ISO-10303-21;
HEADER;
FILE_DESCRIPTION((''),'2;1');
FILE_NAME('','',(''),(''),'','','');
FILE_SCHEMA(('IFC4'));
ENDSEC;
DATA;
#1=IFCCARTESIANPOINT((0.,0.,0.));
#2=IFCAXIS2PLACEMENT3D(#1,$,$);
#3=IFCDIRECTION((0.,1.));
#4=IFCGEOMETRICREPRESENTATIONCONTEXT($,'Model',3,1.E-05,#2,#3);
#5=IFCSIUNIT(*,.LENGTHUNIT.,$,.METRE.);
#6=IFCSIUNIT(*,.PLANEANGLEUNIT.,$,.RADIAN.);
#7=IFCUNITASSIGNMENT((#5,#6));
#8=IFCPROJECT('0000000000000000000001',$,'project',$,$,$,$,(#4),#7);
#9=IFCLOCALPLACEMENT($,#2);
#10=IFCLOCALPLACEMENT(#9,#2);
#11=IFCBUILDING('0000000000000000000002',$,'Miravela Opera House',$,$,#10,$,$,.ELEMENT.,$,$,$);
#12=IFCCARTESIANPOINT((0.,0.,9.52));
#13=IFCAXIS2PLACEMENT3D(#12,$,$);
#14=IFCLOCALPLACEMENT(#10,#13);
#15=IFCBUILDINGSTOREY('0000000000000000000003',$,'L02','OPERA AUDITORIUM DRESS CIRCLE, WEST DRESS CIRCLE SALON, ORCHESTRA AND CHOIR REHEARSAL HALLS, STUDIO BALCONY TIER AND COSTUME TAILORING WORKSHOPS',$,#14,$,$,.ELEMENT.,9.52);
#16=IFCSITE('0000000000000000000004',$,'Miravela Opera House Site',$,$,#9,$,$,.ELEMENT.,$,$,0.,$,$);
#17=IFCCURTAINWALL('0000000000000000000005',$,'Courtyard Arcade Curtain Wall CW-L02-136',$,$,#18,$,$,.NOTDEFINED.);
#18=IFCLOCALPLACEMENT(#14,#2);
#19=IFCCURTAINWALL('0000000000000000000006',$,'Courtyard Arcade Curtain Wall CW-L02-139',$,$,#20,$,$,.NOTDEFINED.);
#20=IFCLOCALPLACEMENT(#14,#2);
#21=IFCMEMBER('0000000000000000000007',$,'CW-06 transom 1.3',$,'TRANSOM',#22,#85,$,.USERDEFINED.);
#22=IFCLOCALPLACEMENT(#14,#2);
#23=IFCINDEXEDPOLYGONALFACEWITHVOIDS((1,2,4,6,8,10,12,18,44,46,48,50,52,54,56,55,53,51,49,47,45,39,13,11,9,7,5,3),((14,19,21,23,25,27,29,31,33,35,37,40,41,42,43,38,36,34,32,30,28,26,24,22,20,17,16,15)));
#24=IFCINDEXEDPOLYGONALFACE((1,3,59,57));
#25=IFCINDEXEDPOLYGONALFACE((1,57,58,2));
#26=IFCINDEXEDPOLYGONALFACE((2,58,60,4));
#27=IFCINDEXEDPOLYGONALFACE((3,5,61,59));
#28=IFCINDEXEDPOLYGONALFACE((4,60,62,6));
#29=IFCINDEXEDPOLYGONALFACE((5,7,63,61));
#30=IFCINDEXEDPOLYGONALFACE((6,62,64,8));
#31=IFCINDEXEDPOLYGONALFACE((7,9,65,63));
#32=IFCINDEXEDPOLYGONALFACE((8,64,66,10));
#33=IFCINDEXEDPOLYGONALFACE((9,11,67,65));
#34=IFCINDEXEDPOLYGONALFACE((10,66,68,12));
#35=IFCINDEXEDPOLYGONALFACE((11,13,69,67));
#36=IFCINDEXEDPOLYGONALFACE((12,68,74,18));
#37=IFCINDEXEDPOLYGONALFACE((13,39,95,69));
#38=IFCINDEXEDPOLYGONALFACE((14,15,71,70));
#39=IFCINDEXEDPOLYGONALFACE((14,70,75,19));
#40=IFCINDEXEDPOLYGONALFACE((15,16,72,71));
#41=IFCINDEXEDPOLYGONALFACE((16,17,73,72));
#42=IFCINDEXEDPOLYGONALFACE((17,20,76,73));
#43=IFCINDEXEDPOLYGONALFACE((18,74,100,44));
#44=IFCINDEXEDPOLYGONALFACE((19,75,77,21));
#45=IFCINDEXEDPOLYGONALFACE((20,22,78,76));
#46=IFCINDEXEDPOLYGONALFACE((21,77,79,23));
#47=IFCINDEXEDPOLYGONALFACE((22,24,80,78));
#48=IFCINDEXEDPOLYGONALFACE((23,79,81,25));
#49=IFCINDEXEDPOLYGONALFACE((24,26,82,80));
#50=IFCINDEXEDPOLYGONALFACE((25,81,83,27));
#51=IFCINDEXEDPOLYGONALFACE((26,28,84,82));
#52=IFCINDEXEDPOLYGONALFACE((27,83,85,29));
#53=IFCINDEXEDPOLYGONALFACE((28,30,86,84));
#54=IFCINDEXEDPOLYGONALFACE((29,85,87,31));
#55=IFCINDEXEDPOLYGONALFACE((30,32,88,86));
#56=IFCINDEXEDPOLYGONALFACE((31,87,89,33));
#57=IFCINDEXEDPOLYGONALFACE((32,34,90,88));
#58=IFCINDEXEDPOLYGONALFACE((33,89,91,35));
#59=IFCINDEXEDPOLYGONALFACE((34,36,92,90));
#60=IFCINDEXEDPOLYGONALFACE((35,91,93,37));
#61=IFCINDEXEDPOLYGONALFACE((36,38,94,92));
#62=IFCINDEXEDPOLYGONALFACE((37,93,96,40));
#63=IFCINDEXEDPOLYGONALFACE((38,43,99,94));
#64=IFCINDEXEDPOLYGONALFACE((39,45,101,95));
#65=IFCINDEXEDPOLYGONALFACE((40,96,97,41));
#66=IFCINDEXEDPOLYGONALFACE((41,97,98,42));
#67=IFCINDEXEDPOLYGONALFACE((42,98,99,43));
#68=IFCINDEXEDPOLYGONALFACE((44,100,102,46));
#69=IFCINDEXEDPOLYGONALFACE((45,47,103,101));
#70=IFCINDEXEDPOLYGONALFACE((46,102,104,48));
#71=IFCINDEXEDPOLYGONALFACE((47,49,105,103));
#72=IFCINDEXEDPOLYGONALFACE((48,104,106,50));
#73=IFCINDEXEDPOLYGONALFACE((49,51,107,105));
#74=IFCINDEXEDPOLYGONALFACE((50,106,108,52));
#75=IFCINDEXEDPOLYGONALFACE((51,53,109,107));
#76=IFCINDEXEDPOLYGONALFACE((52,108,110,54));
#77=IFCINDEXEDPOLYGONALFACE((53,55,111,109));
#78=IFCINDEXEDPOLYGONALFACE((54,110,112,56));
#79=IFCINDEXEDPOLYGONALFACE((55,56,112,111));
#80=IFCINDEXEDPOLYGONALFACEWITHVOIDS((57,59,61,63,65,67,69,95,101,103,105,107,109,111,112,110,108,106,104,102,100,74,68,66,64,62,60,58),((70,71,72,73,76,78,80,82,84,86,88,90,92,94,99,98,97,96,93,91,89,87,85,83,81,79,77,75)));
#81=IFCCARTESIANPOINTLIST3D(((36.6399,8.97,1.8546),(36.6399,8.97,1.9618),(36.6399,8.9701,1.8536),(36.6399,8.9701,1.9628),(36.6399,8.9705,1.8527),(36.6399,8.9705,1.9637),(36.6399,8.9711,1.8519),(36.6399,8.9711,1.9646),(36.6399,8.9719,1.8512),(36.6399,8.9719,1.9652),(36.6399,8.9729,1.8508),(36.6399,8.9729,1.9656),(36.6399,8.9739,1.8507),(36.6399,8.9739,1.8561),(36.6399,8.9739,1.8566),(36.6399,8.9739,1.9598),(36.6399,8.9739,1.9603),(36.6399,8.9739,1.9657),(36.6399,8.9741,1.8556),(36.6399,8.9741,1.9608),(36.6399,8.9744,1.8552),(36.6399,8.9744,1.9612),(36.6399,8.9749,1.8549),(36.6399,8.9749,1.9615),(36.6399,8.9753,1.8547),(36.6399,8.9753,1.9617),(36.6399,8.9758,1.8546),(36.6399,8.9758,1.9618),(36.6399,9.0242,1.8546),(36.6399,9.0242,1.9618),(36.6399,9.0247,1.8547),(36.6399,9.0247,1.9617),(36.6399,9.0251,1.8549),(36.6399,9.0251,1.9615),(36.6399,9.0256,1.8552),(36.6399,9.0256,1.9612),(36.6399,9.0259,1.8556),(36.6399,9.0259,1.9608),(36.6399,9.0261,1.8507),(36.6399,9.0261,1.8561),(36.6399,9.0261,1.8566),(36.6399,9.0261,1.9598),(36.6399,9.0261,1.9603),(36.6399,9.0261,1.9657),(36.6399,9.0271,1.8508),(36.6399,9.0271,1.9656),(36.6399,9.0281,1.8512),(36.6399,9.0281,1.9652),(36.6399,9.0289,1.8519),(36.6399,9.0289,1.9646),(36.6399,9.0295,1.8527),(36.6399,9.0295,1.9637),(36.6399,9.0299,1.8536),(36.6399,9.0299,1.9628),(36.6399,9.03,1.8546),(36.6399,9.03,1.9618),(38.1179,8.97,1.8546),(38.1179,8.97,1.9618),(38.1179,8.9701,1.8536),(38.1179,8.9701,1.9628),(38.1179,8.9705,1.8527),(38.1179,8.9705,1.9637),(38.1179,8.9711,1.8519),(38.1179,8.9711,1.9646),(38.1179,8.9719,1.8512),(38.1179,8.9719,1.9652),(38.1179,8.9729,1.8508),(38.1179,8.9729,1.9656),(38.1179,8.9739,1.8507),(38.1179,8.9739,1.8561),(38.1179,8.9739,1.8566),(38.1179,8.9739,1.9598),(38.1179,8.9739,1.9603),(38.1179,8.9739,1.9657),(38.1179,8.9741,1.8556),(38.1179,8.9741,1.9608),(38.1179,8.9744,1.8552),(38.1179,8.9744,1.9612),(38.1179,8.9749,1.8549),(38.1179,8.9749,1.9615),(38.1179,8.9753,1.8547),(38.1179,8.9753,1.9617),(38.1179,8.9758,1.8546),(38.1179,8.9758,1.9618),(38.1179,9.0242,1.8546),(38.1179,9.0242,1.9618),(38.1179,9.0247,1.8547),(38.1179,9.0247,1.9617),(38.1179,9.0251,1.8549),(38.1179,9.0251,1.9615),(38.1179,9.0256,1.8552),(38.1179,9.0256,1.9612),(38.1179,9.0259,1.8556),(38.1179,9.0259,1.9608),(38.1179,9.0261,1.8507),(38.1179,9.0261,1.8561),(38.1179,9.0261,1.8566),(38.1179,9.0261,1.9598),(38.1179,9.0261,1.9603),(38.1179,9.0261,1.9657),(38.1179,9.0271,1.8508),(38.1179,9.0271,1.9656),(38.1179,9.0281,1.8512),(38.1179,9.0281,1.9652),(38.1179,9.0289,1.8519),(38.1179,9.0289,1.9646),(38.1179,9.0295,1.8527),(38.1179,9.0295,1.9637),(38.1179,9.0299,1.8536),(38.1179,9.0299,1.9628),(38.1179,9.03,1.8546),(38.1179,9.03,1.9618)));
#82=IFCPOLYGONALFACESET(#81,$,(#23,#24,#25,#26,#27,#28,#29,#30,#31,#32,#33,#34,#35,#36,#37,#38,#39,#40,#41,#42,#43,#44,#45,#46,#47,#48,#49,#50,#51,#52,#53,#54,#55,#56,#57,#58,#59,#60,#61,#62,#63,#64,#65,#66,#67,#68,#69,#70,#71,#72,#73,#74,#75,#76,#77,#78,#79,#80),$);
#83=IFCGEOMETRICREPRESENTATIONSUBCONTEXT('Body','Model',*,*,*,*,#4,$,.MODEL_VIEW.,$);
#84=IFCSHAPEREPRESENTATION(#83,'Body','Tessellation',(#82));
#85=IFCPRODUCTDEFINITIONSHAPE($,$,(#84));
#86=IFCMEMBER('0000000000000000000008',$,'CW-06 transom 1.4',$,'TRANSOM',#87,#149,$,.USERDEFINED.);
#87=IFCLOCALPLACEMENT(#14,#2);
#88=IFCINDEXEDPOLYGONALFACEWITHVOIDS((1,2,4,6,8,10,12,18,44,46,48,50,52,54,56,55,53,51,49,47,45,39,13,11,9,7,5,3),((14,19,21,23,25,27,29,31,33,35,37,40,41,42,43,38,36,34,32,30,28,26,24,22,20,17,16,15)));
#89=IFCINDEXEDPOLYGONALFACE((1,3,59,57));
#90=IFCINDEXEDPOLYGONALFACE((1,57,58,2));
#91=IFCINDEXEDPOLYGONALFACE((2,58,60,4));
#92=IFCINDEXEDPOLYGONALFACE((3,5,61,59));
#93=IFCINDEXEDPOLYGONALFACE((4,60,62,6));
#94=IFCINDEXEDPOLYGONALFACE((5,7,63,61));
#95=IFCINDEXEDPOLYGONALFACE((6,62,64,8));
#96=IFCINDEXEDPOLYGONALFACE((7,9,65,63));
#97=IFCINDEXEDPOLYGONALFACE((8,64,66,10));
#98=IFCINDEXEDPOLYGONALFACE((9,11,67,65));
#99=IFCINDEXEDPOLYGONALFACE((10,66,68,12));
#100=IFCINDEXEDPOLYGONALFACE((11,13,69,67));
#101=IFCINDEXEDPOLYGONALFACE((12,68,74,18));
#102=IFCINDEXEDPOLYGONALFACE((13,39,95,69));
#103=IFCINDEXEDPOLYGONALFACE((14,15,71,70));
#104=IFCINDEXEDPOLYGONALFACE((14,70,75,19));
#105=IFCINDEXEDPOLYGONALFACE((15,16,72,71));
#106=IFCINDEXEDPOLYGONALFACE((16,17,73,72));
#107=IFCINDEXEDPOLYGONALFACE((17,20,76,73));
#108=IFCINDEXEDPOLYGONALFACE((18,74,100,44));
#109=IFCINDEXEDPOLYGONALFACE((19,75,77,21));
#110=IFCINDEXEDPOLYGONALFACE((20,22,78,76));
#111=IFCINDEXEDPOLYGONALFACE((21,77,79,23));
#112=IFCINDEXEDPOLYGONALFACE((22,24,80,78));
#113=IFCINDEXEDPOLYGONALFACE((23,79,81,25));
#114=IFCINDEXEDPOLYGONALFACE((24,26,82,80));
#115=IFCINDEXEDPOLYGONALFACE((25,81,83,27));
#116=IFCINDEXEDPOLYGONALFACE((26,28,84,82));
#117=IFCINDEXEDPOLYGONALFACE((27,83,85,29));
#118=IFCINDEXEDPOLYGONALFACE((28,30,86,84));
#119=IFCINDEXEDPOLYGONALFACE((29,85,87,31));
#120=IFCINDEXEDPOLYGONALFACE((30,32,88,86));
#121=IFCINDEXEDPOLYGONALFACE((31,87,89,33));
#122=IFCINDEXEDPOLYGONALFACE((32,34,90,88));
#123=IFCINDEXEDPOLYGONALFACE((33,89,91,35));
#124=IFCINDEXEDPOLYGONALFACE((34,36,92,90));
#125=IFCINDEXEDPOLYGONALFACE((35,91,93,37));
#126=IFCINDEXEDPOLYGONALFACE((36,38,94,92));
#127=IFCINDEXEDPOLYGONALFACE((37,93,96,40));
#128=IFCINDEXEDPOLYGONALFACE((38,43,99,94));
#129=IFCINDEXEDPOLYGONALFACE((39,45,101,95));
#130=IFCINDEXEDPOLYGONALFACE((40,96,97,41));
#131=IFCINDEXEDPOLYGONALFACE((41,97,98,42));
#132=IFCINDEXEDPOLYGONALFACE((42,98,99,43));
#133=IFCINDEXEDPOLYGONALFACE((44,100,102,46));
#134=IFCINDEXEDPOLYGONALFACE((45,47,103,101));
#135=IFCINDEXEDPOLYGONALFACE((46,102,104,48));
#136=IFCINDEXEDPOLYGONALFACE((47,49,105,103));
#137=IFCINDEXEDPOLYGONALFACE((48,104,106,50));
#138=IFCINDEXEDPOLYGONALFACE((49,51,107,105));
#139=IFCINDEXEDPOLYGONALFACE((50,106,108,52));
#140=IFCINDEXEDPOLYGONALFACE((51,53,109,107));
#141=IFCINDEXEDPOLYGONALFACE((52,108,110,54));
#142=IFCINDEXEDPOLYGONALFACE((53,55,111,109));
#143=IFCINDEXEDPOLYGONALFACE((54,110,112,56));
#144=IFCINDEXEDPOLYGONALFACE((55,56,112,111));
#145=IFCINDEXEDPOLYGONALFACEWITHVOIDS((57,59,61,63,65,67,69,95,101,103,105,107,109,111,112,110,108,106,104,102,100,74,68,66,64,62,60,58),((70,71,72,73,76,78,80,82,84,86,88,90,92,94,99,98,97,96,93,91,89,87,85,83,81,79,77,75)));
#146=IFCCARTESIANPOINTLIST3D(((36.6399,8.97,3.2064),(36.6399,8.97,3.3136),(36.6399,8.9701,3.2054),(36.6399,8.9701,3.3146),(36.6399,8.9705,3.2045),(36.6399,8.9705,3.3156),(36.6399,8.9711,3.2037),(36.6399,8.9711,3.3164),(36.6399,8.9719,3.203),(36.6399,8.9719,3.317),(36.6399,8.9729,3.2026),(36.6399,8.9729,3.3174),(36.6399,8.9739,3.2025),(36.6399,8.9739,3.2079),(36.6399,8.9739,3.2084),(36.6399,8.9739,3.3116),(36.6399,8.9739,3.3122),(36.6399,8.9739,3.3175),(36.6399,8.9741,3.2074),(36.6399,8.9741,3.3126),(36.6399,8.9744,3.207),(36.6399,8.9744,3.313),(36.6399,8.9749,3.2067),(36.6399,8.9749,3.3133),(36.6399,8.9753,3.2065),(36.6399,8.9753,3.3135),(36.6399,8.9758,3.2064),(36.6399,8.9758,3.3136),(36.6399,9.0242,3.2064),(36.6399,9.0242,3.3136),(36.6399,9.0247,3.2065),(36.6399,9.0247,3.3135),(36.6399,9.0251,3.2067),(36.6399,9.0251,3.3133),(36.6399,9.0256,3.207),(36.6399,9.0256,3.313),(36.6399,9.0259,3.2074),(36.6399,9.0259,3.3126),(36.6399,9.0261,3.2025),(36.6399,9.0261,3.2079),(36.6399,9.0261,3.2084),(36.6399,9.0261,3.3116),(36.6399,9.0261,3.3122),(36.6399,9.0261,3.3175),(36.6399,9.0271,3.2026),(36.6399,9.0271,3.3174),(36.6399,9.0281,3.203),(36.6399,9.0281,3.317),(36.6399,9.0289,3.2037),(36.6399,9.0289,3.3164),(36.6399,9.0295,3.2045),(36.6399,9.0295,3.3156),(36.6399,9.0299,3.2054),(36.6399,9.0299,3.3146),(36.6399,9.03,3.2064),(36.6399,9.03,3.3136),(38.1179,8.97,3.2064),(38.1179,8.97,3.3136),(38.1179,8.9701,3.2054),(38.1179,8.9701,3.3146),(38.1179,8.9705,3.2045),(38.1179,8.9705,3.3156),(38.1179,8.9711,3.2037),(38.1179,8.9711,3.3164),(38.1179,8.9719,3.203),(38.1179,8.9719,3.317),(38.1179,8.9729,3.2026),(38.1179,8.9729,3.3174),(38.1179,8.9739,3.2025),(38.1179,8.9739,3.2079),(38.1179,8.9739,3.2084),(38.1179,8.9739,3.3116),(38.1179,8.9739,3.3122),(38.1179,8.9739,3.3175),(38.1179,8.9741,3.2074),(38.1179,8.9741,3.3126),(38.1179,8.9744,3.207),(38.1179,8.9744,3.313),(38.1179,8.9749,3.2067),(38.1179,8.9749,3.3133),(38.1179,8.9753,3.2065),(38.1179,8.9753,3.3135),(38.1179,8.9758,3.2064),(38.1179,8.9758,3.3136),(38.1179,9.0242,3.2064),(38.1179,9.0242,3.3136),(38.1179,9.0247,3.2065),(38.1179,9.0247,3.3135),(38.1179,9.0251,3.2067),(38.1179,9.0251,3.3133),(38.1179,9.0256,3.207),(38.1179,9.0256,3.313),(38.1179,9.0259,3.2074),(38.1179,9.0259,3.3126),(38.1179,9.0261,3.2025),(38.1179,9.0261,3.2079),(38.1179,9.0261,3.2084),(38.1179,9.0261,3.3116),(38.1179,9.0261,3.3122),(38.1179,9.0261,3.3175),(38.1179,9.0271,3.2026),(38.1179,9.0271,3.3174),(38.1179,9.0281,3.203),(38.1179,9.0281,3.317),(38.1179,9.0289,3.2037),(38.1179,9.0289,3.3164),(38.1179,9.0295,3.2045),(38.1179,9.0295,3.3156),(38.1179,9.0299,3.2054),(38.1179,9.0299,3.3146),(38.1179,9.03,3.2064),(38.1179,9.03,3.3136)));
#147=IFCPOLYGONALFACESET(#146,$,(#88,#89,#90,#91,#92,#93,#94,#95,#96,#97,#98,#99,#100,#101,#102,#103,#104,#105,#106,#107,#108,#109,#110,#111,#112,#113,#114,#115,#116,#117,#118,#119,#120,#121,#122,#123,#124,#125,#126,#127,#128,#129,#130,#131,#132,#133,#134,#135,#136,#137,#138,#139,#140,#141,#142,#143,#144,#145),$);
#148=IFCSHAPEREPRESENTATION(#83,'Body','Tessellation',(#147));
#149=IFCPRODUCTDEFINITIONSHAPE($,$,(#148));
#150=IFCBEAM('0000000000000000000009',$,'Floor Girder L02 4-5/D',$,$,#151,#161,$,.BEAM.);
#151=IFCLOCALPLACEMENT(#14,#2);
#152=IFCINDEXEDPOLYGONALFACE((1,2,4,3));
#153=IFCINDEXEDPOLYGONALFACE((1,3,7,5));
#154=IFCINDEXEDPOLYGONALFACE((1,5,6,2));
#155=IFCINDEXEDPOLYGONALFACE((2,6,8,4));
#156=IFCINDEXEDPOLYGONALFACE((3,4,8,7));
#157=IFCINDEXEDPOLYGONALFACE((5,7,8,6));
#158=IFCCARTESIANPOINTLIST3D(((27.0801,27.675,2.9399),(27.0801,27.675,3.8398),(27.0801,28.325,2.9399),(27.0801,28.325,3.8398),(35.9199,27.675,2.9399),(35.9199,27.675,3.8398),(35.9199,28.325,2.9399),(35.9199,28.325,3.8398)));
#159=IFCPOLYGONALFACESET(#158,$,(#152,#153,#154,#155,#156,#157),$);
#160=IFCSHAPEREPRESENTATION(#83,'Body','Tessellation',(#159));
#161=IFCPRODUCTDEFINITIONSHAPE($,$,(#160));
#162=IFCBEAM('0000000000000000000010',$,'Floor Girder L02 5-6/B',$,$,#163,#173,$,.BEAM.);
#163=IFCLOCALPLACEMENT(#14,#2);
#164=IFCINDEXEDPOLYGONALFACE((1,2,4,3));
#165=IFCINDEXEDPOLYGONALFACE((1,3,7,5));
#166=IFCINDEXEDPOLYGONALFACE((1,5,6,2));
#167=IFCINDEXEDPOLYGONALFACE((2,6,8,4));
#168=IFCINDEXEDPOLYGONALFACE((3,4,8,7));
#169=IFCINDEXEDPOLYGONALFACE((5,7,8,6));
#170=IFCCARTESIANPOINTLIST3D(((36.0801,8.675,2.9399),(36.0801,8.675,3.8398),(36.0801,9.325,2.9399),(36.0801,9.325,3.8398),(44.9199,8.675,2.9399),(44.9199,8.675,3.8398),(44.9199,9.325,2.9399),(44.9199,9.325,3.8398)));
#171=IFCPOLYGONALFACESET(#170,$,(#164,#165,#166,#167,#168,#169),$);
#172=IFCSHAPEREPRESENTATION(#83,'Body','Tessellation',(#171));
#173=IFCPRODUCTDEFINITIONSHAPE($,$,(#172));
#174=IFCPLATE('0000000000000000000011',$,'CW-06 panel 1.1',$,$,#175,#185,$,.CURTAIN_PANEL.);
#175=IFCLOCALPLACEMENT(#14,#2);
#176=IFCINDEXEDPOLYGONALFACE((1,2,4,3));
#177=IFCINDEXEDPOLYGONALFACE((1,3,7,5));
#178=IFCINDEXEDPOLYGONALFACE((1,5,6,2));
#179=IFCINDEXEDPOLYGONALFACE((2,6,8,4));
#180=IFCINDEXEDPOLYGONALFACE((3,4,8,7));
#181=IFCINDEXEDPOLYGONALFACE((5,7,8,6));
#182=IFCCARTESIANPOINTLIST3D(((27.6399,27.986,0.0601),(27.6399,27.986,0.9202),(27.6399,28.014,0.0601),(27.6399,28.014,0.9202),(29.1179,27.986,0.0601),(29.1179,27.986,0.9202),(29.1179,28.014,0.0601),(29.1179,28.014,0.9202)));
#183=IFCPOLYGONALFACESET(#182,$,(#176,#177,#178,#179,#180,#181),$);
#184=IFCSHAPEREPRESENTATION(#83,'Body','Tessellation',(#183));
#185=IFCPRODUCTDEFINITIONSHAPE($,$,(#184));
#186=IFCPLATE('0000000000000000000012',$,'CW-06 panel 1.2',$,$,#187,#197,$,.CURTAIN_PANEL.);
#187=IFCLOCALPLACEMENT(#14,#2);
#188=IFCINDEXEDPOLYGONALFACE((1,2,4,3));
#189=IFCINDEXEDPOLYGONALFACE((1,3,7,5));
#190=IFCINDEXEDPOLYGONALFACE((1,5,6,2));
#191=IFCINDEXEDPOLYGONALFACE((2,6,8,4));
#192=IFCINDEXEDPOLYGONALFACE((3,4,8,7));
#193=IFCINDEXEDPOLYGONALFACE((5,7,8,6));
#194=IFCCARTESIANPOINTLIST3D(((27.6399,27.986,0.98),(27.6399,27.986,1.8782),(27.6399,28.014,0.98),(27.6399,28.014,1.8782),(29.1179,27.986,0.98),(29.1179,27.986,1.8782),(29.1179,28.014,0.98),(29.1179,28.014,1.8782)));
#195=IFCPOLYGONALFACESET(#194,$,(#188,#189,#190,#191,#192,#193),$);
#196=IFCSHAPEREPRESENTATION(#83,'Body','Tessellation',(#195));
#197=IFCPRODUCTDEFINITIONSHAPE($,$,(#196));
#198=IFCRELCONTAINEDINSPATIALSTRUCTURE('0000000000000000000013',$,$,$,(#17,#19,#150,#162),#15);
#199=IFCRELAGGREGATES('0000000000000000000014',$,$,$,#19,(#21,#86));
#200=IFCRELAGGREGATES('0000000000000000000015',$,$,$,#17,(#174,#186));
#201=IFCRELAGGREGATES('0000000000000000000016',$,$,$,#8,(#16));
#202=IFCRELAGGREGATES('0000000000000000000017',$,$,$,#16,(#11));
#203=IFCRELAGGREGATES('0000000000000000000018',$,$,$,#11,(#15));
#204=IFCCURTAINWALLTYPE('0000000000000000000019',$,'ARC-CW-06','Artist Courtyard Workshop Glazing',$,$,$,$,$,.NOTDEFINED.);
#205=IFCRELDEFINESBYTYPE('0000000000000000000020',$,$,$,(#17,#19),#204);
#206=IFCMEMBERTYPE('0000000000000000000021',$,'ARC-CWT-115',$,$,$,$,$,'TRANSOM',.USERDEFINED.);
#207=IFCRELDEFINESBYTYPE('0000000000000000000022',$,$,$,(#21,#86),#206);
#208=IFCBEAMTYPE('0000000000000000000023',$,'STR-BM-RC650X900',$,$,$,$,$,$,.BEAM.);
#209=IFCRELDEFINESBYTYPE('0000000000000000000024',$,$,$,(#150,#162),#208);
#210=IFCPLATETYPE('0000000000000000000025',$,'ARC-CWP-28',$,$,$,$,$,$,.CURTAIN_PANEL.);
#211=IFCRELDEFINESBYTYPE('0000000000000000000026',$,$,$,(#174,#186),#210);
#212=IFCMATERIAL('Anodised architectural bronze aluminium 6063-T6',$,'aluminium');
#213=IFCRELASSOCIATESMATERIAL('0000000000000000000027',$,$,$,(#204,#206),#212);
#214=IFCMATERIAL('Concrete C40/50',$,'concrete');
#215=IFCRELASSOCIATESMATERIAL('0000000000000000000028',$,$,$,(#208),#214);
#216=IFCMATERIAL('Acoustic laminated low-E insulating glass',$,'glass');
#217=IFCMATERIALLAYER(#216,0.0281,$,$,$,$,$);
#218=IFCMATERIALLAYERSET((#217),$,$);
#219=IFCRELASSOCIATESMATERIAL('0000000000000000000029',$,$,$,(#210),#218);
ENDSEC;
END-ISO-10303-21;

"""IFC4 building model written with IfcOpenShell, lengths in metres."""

from ifc_helpers import new_model, si_unit, direction, frame, origin, origin_2d, place, context, subcontext, project, spatial, rectangle, hollow_rectangle, extrude, material, layer, layer_set, material_profile, profile_set, type_object, element, aggregate, save


model = new_model("IFC4")

# Units and contexts
model_context = context("Model", 3, precision=1e-05, world=origin(), true_north=direction((0.0, 1.0)))
body_context = subcontext(model_context, "Body", "Model", "MODEL_VIEW")
ifc_project = project(units=[si_unit("LENGTHUNIT", "METRE"), si_unit("PLANEANGLEUNIT", "RADIAN")], contexts=[model_context])

# Site, building, storey
site_placement = place(None, origin())
site = spatial("IfcSite", under=ifc_project, at=site_placement, Name="Miravela Opera House Site", CompositionType="ELEMENT", RefElevation=0.0)
building_placement = place(site_placement, origin())
building = spatial("IfcBuilding", under=site, at=building_placement, Name="Miravela Opera House", CompositionType="ELEMENT")
storey_placement = place(building_placement, frame((0.0, 0.0, 9.52)))
storey = spatial("IfcBuildingStorey", under=building, at=storey_placement, Name="L02", Description="OPERA AUDITORIUM DRESS CIRCLE, WEST DRESS CIRCLE SALON, ORCHESTRA AND CHOIR REHEARSAL HALLS, STUDIO BALCONY TIER AND COSTUME TAILORING WORKSHOPS", CompositionType="ELEMENT", Elevation=9.52)

# Curtain wall
ifc_material_1 = material(Name="Anodised architectural bronze aluminium 6063-T6", Category="aluminium")
curtain_wall_type = type_object("IfcCurtainWallType", Name="ARC-CW-06", Description="Artist Courtyard Workshop Glazing", PredefinedType="NOTDEFINED", material=ifc_material_1)
curtain_wall_1_placement = place(storey_placement, origin())
curtain_wall_1 = element("IfcCurtainWall", 1, at=curtain_wall_1_placement, inside=storey, type_object=curtain_wall_type, Name="Courtyard Arcade Curtain Wall CW-L02-136", PredefinedType="NOTDEFINED")

# Curtain wall
curtain_wall_2_placement = place(storey_placement, origin())
curtain_wall_2 = element("IfcCurtainWall", 2, at=curtain_wall_2_placement, inside=storey, type_object=curtain_wall_type, Name="Courtyard Arcade Curtain Wall CW-L02-139", PredefinedType="NOTDEFINED")

# Members
ifc_material_profile_1 = material_profile(ifc_material_1, hollow_rectangle(XDim=0.0601, YDim=0.115, WallThickness=0.0039, InnerFilletRadius=0.002, OuterFilletRadius=0.0039, at=origin_2d()), Name="CWT-60X115")
ifc_profile_set_1 = profile_set([ifc_material_profile_1])
member_type_1 = type_object("IfcMemberType", Name="ARC-CWT-115", ElementType="TRANSOM", PredefinedType="USERDEFINED", material=ifc_profile_set_1)
member_1_placement = place(storey_placement, frame((36.6399, 9.0, 1.9082), z_axis=(1.0, 0.0, 0.0), x_axis=(0.0, 1.0, 0.0)))
member_1 = element("IfcMember", 3, at=member_1_placement, type_object=member_type_1, Name="CW-06 transom 1.3", ObjectType="TRANSOM", PredefinedType="USERDEFINED", context=body_context, shape_type="SweptSolid", body=[
    extrude(hollow_rectangle(XDim=0.0601, YDim=0.115, WallThickness=0.0039, InnerFilletRadius=0.002, OuterFilletRadius=0.0039, at=origin_2d()), origin(), (0.0, 0.0, 1.0), 1.478),
])
member_2_placement = place(storey_placement, frame((36.6399, 9.0, 3.26), z_axis=(1.0, 0.0, 0.0), x_axis=(0.0, 1.0, 0.0)))
member_2 = element("IfcMember", 4, at=member_2_placement, type_object=member_type_1, Name="CW-06 transom 1.4", ObjectType="TRANSOM", PredefinedType="USERDEFINED", context=body_context, shape_type="SweptSolid", body=[
    extrude(hollow_rectangle(XDim=0.0601, YDim=0.115, WallThickness=0.0039, InnerFilletRadius=0.002, OuterFilletRadius=0.0039, at=origin_2d()), origin(), (0.0, 0.0, 1.0), 1.478),
])
aggregate(curtain_wall_2, [member_1, member_2])

# Beams
ifc_material_2 = material(Name="Concrete C40/50", Category="concrete")
ifc_material_profile_2 = material_profile(ifc_material_2, rectangle(XDim=0.6499, YDim=0.8999, at=origin_2d()), Name="RC-BM-650X900")
ifc_profile_set_2 = profile_set([ifc_material_profile_2])
beam_type = type_object("IfcBeamType", Name="STR-BM-RC650X900", PredefinedType="BEAM", material=ifc_profile_set_2)
for number, where, z_axis, x_axis, name in (
    (5, (27.0801, 28.0, 3.3899), (1.0, 0.0, 0.0), (0.0, 1.0, 0.0), "Floor Girder L02 4-5/D"),
    (6, (36.0801, 9.0, 3.3899), (1.0, 0.0, 0.0), (0.0, 1.0, 0.0), "Floor Girder L02 5-6/B"),
):
    element("IfcBeam", number, at=place(storey_placement, frame(where, z_axis=z_axis, x_axis=x_axis)), inside=storey, type_object=beam_type, Name=name, PredefinedType="BEAM", context=body_context, shape_type="SweptSolid", body=[
        extrude(rectangle(XDim=0.6499, YDim=0.8999, at=origin_2d()), origin(), (0.0, 0.0, 1.0), 8.8398),
    ])

# Plates
ifc_material_3 = material(Name="Acoustic laminated low-E insulating glass", Category="glass")
ifc_layer = layer(ifc_material_3, 0.0281)
ifc_layer_set = layer_set([ifc_layer])
plate_type = type_object("IfcPlateType", Name="ARC-CWP-28", PredefinedType="CURTAIN_PANEL", material=ifc_layer_set)
plate_1_placement = place(storey_placement, frame((28.3789, 28.0, 0.0601), z_axis=(0.0, 0.0, 1.0), x_axis=(1.0, 0.0, 0.0)))
plate_1 = element("IfcPlate", 7, at=plate_1_placement, type_object=plate_type, Name="CW-06 panel 1.1", PredefinedType="CURTAIN_PANEL", context=body_context, shape_type="SweptSolid", body=[
    extrude(rectangle(XDim=1.478, YDim=0.0281, at=origin_2d()), origin(), (0.0, 0.0, 1.0), 0.8601),
])
plate_2_placement = place(storey_placement, frame((28.3789, 28.0, 0.98), z_axis=(0.0, 0.0, 1.0), x_axis=(1.0, 0.0, 0.0)))
plate_2 = element("IfcPlate", 8, at=plate_2_placement, type_object=plate_type, Name="CW-06 panel 1.2", PredefinedType="CURTAIN_PANEL", context=body_context, shape_type="SweptSolid", body=[
    extrude(rectangle(XDim=1.478, YDim=0.0281, at=origin_2d()), origin(), (0.0, 0.0, 1.0), 0.8982),
])
aggregate(curtain_wall_1, [plate_1, plate_2])

save(model, "model.ifc")
